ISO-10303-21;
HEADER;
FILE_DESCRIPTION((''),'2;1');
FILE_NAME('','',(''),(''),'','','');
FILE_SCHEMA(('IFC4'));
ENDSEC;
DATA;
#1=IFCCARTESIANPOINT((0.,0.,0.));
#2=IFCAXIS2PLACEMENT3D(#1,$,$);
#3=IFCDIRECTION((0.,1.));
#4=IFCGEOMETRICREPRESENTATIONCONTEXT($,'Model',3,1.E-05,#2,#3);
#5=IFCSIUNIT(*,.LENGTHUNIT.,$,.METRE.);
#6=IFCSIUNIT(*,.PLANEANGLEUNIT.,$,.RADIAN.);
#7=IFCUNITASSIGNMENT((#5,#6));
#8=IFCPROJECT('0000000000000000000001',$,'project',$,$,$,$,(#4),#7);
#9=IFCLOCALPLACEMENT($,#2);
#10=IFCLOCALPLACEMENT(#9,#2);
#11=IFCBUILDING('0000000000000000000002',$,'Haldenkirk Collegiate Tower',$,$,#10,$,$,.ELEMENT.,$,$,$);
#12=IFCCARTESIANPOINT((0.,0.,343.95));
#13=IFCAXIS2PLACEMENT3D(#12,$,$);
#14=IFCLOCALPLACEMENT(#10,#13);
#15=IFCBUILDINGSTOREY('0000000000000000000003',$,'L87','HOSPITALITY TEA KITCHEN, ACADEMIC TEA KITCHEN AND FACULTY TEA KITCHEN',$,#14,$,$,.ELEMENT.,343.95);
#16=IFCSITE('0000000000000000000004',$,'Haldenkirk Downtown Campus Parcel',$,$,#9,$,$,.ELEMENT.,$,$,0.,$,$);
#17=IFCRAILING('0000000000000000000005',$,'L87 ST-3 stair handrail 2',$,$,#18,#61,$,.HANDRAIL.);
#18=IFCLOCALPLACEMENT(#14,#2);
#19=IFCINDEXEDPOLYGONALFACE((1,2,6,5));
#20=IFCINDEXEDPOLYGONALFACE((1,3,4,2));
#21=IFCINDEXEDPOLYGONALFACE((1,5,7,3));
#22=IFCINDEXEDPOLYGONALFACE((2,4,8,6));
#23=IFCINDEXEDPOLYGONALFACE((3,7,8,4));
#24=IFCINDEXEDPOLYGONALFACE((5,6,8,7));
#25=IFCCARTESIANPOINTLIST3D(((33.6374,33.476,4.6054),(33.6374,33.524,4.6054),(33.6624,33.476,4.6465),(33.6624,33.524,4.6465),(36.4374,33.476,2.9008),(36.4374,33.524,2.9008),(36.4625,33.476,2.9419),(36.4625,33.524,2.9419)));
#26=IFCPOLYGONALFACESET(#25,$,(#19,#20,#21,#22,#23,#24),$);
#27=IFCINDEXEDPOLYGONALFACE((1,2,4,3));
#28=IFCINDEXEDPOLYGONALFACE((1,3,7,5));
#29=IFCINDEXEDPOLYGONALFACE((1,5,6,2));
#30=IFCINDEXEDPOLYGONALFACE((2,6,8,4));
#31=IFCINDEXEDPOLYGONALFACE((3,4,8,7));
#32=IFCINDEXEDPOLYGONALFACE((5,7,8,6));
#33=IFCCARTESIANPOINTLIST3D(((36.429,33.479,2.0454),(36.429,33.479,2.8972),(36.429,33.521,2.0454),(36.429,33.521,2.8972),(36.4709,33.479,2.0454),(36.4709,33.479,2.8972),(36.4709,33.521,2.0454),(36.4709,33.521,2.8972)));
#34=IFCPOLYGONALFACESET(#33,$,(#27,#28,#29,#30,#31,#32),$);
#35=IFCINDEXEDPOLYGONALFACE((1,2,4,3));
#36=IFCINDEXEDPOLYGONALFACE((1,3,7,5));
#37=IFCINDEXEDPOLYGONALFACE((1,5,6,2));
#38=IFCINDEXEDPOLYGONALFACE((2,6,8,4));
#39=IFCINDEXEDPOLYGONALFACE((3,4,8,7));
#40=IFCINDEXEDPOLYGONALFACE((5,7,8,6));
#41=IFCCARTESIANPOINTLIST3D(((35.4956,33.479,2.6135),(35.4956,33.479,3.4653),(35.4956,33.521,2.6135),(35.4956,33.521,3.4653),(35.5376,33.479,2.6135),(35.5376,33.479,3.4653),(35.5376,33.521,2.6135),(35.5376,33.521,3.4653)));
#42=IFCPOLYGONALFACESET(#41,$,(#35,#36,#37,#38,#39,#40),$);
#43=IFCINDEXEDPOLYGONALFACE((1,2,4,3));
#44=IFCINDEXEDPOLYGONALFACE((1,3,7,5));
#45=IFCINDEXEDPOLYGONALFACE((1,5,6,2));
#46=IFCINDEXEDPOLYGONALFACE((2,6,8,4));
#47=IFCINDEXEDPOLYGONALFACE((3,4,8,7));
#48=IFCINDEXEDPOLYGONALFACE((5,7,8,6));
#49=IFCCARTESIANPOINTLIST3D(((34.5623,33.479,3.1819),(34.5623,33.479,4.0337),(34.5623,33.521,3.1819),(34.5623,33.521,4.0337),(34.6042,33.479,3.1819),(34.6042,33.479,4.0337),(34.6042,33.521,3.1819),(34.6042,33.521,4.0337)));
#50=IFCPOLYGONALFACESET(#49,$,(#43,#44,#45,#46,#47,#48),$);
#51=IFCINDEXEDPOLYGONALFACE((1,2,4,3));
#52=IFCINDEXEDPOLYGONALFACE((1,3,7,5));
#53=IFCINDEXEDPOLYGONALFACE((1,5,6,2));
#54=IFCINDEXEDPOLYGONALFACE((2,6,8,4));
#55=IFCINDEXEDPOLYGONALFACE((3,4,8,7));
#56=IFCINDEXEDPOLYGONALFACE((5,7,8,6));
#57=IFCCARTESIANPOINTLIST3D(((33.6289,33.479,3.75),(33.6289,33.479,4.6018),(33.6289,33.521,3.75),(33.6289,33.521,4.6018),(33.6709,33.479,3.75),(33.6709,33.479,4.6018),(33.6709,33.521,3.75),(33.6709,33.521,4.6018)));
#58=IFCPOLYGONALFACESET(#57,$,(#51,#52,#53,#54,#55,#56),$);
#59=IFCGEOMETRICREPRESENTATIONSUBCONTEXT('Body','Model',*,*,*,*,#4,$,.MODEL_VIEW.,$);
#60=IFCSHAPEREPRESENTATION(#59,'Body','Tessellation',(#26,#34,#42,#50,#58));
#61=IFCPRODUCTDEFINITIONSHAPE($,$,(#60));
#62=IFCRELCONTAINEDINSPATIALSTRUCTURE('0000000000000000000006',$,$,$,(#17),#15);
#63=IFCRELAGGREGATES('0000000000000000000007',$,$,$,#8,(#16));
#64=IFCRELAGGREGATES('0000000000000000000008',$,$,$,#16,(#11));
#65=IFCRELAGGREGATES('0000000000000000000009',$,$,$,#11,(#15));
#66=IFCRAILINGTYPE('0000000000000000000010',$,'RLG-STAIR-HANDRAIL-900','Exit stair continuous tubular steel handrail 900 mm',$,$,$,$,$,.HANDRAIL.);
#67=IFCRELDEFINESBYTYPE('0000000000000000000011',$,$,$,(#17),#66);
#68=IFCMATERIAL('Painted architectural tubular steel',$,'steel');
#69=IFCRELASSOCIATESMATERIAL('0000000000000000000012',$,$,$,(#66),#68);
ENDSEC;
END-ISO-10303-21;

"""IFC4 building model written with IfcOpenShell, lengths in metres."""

from ifc_helpers import new_model, si_unit, direction, frame, origin, origin_2d, place, context, subcontext, project, spatial, rectangle, extrude, material, type_object, element, save


model = new_model("IFC4")

# Units and contexts
model_context = context("Model", 3, precision=1e-05, world=origin(), true_north=direction((0.0, 1.0)))
body_context = subcontext(model_context, "Body", "Model", "MODEL_VIEW")
ifc_project = project(units=[si_unit("LENGTHUNIT", "METRE"), si_unit("PLANEANGLEUNIT", "RADIAN")], contexts=[model_context])

# Site, building, storey
site_placement = place(None, origin())
site = spatial("IfcSite", under=ifc_project, at=site_placement, Name="Haldenkirk Downtown Campus Parcel", CompositionType="ELEMENT", RefElevation=0.0)
building_placement = place(site_placement, origin())
building = spatial("IfcBuilding", under=site, at=building_placement, Name="Haldenkirk Collegiate Tower", CompositionType="ELEMENT")
storey_placement = place(building_placement, frame((0.0, 0.0, 343.95)))
storey = spatial("IfcBuildingStorey", under=building, at=storey_placement, Name="L87", Description="HOSPITALITY TEA KITCHEN, ACADEMIC TEA KITCHEN AND FACULTY TEA KITCHEN", CompositionType="ELEMENT", Elevation=343.95)

# Railing
ifc_material_1 = material(Name="Painted architectural tubular steel", Category="steel")
railing_type = type_object("IfcRailingType", Name="RLG-STAIR-HANDRAIL-900", Description="Exit stair continuous tubular steel handrail 900 mm", PredefinedType="HANDRAIL", material=ifc_material_1)
railing_placement = place(storey_placement, frame((36.45, 33.5, 2.0454)))
element("IfcRailing", 1, at=railing_placement, inside=storey, type_object=railing_type, Name="L87 ST-3 stair handrail 2", PredefinedType="HANDRAIL", context=body_context, shape_type="SweptSolid", body=[
    extrude(rectangle(XDim=0.0481, YDim=0.0481, at=origin_2d()), frame((0.0, 0.0, 0.876), z_axis=(-0.85417, 0.0, 0.519994), x_axis=(0.0, -1.0, 0.0)), (0.0, 0.0, 1.0), 3.2781),
    extrude(rectangle(XDim=0.042, YDim=0.042, at=origin_2d()), origin(), (0.0, 0.0, 1.0), 0.8518),
    extrude(rectangle(XDim=0.042, YDim=0.042, at=origin_2d()), frame((-0.9333, 0.0, 0.5681)), (0.0, 0.0, 1.0), 0.8518),
    extrude(rectangle(XDim=0.042, YDim=0.042, at=origin_2d()), frame((-1.8667, 0.0, 1.1365)), (0.0, 0.0, 1.0), 0.8518),
    extrude(rectangle(XDim=0.042, YDim=0.042, at=origin_2d()), frame((-2.8, 0.0, 1.7046)), (0.0, 0.0, 1.0), 0.8518),
])

save(model, "model.ifc")
